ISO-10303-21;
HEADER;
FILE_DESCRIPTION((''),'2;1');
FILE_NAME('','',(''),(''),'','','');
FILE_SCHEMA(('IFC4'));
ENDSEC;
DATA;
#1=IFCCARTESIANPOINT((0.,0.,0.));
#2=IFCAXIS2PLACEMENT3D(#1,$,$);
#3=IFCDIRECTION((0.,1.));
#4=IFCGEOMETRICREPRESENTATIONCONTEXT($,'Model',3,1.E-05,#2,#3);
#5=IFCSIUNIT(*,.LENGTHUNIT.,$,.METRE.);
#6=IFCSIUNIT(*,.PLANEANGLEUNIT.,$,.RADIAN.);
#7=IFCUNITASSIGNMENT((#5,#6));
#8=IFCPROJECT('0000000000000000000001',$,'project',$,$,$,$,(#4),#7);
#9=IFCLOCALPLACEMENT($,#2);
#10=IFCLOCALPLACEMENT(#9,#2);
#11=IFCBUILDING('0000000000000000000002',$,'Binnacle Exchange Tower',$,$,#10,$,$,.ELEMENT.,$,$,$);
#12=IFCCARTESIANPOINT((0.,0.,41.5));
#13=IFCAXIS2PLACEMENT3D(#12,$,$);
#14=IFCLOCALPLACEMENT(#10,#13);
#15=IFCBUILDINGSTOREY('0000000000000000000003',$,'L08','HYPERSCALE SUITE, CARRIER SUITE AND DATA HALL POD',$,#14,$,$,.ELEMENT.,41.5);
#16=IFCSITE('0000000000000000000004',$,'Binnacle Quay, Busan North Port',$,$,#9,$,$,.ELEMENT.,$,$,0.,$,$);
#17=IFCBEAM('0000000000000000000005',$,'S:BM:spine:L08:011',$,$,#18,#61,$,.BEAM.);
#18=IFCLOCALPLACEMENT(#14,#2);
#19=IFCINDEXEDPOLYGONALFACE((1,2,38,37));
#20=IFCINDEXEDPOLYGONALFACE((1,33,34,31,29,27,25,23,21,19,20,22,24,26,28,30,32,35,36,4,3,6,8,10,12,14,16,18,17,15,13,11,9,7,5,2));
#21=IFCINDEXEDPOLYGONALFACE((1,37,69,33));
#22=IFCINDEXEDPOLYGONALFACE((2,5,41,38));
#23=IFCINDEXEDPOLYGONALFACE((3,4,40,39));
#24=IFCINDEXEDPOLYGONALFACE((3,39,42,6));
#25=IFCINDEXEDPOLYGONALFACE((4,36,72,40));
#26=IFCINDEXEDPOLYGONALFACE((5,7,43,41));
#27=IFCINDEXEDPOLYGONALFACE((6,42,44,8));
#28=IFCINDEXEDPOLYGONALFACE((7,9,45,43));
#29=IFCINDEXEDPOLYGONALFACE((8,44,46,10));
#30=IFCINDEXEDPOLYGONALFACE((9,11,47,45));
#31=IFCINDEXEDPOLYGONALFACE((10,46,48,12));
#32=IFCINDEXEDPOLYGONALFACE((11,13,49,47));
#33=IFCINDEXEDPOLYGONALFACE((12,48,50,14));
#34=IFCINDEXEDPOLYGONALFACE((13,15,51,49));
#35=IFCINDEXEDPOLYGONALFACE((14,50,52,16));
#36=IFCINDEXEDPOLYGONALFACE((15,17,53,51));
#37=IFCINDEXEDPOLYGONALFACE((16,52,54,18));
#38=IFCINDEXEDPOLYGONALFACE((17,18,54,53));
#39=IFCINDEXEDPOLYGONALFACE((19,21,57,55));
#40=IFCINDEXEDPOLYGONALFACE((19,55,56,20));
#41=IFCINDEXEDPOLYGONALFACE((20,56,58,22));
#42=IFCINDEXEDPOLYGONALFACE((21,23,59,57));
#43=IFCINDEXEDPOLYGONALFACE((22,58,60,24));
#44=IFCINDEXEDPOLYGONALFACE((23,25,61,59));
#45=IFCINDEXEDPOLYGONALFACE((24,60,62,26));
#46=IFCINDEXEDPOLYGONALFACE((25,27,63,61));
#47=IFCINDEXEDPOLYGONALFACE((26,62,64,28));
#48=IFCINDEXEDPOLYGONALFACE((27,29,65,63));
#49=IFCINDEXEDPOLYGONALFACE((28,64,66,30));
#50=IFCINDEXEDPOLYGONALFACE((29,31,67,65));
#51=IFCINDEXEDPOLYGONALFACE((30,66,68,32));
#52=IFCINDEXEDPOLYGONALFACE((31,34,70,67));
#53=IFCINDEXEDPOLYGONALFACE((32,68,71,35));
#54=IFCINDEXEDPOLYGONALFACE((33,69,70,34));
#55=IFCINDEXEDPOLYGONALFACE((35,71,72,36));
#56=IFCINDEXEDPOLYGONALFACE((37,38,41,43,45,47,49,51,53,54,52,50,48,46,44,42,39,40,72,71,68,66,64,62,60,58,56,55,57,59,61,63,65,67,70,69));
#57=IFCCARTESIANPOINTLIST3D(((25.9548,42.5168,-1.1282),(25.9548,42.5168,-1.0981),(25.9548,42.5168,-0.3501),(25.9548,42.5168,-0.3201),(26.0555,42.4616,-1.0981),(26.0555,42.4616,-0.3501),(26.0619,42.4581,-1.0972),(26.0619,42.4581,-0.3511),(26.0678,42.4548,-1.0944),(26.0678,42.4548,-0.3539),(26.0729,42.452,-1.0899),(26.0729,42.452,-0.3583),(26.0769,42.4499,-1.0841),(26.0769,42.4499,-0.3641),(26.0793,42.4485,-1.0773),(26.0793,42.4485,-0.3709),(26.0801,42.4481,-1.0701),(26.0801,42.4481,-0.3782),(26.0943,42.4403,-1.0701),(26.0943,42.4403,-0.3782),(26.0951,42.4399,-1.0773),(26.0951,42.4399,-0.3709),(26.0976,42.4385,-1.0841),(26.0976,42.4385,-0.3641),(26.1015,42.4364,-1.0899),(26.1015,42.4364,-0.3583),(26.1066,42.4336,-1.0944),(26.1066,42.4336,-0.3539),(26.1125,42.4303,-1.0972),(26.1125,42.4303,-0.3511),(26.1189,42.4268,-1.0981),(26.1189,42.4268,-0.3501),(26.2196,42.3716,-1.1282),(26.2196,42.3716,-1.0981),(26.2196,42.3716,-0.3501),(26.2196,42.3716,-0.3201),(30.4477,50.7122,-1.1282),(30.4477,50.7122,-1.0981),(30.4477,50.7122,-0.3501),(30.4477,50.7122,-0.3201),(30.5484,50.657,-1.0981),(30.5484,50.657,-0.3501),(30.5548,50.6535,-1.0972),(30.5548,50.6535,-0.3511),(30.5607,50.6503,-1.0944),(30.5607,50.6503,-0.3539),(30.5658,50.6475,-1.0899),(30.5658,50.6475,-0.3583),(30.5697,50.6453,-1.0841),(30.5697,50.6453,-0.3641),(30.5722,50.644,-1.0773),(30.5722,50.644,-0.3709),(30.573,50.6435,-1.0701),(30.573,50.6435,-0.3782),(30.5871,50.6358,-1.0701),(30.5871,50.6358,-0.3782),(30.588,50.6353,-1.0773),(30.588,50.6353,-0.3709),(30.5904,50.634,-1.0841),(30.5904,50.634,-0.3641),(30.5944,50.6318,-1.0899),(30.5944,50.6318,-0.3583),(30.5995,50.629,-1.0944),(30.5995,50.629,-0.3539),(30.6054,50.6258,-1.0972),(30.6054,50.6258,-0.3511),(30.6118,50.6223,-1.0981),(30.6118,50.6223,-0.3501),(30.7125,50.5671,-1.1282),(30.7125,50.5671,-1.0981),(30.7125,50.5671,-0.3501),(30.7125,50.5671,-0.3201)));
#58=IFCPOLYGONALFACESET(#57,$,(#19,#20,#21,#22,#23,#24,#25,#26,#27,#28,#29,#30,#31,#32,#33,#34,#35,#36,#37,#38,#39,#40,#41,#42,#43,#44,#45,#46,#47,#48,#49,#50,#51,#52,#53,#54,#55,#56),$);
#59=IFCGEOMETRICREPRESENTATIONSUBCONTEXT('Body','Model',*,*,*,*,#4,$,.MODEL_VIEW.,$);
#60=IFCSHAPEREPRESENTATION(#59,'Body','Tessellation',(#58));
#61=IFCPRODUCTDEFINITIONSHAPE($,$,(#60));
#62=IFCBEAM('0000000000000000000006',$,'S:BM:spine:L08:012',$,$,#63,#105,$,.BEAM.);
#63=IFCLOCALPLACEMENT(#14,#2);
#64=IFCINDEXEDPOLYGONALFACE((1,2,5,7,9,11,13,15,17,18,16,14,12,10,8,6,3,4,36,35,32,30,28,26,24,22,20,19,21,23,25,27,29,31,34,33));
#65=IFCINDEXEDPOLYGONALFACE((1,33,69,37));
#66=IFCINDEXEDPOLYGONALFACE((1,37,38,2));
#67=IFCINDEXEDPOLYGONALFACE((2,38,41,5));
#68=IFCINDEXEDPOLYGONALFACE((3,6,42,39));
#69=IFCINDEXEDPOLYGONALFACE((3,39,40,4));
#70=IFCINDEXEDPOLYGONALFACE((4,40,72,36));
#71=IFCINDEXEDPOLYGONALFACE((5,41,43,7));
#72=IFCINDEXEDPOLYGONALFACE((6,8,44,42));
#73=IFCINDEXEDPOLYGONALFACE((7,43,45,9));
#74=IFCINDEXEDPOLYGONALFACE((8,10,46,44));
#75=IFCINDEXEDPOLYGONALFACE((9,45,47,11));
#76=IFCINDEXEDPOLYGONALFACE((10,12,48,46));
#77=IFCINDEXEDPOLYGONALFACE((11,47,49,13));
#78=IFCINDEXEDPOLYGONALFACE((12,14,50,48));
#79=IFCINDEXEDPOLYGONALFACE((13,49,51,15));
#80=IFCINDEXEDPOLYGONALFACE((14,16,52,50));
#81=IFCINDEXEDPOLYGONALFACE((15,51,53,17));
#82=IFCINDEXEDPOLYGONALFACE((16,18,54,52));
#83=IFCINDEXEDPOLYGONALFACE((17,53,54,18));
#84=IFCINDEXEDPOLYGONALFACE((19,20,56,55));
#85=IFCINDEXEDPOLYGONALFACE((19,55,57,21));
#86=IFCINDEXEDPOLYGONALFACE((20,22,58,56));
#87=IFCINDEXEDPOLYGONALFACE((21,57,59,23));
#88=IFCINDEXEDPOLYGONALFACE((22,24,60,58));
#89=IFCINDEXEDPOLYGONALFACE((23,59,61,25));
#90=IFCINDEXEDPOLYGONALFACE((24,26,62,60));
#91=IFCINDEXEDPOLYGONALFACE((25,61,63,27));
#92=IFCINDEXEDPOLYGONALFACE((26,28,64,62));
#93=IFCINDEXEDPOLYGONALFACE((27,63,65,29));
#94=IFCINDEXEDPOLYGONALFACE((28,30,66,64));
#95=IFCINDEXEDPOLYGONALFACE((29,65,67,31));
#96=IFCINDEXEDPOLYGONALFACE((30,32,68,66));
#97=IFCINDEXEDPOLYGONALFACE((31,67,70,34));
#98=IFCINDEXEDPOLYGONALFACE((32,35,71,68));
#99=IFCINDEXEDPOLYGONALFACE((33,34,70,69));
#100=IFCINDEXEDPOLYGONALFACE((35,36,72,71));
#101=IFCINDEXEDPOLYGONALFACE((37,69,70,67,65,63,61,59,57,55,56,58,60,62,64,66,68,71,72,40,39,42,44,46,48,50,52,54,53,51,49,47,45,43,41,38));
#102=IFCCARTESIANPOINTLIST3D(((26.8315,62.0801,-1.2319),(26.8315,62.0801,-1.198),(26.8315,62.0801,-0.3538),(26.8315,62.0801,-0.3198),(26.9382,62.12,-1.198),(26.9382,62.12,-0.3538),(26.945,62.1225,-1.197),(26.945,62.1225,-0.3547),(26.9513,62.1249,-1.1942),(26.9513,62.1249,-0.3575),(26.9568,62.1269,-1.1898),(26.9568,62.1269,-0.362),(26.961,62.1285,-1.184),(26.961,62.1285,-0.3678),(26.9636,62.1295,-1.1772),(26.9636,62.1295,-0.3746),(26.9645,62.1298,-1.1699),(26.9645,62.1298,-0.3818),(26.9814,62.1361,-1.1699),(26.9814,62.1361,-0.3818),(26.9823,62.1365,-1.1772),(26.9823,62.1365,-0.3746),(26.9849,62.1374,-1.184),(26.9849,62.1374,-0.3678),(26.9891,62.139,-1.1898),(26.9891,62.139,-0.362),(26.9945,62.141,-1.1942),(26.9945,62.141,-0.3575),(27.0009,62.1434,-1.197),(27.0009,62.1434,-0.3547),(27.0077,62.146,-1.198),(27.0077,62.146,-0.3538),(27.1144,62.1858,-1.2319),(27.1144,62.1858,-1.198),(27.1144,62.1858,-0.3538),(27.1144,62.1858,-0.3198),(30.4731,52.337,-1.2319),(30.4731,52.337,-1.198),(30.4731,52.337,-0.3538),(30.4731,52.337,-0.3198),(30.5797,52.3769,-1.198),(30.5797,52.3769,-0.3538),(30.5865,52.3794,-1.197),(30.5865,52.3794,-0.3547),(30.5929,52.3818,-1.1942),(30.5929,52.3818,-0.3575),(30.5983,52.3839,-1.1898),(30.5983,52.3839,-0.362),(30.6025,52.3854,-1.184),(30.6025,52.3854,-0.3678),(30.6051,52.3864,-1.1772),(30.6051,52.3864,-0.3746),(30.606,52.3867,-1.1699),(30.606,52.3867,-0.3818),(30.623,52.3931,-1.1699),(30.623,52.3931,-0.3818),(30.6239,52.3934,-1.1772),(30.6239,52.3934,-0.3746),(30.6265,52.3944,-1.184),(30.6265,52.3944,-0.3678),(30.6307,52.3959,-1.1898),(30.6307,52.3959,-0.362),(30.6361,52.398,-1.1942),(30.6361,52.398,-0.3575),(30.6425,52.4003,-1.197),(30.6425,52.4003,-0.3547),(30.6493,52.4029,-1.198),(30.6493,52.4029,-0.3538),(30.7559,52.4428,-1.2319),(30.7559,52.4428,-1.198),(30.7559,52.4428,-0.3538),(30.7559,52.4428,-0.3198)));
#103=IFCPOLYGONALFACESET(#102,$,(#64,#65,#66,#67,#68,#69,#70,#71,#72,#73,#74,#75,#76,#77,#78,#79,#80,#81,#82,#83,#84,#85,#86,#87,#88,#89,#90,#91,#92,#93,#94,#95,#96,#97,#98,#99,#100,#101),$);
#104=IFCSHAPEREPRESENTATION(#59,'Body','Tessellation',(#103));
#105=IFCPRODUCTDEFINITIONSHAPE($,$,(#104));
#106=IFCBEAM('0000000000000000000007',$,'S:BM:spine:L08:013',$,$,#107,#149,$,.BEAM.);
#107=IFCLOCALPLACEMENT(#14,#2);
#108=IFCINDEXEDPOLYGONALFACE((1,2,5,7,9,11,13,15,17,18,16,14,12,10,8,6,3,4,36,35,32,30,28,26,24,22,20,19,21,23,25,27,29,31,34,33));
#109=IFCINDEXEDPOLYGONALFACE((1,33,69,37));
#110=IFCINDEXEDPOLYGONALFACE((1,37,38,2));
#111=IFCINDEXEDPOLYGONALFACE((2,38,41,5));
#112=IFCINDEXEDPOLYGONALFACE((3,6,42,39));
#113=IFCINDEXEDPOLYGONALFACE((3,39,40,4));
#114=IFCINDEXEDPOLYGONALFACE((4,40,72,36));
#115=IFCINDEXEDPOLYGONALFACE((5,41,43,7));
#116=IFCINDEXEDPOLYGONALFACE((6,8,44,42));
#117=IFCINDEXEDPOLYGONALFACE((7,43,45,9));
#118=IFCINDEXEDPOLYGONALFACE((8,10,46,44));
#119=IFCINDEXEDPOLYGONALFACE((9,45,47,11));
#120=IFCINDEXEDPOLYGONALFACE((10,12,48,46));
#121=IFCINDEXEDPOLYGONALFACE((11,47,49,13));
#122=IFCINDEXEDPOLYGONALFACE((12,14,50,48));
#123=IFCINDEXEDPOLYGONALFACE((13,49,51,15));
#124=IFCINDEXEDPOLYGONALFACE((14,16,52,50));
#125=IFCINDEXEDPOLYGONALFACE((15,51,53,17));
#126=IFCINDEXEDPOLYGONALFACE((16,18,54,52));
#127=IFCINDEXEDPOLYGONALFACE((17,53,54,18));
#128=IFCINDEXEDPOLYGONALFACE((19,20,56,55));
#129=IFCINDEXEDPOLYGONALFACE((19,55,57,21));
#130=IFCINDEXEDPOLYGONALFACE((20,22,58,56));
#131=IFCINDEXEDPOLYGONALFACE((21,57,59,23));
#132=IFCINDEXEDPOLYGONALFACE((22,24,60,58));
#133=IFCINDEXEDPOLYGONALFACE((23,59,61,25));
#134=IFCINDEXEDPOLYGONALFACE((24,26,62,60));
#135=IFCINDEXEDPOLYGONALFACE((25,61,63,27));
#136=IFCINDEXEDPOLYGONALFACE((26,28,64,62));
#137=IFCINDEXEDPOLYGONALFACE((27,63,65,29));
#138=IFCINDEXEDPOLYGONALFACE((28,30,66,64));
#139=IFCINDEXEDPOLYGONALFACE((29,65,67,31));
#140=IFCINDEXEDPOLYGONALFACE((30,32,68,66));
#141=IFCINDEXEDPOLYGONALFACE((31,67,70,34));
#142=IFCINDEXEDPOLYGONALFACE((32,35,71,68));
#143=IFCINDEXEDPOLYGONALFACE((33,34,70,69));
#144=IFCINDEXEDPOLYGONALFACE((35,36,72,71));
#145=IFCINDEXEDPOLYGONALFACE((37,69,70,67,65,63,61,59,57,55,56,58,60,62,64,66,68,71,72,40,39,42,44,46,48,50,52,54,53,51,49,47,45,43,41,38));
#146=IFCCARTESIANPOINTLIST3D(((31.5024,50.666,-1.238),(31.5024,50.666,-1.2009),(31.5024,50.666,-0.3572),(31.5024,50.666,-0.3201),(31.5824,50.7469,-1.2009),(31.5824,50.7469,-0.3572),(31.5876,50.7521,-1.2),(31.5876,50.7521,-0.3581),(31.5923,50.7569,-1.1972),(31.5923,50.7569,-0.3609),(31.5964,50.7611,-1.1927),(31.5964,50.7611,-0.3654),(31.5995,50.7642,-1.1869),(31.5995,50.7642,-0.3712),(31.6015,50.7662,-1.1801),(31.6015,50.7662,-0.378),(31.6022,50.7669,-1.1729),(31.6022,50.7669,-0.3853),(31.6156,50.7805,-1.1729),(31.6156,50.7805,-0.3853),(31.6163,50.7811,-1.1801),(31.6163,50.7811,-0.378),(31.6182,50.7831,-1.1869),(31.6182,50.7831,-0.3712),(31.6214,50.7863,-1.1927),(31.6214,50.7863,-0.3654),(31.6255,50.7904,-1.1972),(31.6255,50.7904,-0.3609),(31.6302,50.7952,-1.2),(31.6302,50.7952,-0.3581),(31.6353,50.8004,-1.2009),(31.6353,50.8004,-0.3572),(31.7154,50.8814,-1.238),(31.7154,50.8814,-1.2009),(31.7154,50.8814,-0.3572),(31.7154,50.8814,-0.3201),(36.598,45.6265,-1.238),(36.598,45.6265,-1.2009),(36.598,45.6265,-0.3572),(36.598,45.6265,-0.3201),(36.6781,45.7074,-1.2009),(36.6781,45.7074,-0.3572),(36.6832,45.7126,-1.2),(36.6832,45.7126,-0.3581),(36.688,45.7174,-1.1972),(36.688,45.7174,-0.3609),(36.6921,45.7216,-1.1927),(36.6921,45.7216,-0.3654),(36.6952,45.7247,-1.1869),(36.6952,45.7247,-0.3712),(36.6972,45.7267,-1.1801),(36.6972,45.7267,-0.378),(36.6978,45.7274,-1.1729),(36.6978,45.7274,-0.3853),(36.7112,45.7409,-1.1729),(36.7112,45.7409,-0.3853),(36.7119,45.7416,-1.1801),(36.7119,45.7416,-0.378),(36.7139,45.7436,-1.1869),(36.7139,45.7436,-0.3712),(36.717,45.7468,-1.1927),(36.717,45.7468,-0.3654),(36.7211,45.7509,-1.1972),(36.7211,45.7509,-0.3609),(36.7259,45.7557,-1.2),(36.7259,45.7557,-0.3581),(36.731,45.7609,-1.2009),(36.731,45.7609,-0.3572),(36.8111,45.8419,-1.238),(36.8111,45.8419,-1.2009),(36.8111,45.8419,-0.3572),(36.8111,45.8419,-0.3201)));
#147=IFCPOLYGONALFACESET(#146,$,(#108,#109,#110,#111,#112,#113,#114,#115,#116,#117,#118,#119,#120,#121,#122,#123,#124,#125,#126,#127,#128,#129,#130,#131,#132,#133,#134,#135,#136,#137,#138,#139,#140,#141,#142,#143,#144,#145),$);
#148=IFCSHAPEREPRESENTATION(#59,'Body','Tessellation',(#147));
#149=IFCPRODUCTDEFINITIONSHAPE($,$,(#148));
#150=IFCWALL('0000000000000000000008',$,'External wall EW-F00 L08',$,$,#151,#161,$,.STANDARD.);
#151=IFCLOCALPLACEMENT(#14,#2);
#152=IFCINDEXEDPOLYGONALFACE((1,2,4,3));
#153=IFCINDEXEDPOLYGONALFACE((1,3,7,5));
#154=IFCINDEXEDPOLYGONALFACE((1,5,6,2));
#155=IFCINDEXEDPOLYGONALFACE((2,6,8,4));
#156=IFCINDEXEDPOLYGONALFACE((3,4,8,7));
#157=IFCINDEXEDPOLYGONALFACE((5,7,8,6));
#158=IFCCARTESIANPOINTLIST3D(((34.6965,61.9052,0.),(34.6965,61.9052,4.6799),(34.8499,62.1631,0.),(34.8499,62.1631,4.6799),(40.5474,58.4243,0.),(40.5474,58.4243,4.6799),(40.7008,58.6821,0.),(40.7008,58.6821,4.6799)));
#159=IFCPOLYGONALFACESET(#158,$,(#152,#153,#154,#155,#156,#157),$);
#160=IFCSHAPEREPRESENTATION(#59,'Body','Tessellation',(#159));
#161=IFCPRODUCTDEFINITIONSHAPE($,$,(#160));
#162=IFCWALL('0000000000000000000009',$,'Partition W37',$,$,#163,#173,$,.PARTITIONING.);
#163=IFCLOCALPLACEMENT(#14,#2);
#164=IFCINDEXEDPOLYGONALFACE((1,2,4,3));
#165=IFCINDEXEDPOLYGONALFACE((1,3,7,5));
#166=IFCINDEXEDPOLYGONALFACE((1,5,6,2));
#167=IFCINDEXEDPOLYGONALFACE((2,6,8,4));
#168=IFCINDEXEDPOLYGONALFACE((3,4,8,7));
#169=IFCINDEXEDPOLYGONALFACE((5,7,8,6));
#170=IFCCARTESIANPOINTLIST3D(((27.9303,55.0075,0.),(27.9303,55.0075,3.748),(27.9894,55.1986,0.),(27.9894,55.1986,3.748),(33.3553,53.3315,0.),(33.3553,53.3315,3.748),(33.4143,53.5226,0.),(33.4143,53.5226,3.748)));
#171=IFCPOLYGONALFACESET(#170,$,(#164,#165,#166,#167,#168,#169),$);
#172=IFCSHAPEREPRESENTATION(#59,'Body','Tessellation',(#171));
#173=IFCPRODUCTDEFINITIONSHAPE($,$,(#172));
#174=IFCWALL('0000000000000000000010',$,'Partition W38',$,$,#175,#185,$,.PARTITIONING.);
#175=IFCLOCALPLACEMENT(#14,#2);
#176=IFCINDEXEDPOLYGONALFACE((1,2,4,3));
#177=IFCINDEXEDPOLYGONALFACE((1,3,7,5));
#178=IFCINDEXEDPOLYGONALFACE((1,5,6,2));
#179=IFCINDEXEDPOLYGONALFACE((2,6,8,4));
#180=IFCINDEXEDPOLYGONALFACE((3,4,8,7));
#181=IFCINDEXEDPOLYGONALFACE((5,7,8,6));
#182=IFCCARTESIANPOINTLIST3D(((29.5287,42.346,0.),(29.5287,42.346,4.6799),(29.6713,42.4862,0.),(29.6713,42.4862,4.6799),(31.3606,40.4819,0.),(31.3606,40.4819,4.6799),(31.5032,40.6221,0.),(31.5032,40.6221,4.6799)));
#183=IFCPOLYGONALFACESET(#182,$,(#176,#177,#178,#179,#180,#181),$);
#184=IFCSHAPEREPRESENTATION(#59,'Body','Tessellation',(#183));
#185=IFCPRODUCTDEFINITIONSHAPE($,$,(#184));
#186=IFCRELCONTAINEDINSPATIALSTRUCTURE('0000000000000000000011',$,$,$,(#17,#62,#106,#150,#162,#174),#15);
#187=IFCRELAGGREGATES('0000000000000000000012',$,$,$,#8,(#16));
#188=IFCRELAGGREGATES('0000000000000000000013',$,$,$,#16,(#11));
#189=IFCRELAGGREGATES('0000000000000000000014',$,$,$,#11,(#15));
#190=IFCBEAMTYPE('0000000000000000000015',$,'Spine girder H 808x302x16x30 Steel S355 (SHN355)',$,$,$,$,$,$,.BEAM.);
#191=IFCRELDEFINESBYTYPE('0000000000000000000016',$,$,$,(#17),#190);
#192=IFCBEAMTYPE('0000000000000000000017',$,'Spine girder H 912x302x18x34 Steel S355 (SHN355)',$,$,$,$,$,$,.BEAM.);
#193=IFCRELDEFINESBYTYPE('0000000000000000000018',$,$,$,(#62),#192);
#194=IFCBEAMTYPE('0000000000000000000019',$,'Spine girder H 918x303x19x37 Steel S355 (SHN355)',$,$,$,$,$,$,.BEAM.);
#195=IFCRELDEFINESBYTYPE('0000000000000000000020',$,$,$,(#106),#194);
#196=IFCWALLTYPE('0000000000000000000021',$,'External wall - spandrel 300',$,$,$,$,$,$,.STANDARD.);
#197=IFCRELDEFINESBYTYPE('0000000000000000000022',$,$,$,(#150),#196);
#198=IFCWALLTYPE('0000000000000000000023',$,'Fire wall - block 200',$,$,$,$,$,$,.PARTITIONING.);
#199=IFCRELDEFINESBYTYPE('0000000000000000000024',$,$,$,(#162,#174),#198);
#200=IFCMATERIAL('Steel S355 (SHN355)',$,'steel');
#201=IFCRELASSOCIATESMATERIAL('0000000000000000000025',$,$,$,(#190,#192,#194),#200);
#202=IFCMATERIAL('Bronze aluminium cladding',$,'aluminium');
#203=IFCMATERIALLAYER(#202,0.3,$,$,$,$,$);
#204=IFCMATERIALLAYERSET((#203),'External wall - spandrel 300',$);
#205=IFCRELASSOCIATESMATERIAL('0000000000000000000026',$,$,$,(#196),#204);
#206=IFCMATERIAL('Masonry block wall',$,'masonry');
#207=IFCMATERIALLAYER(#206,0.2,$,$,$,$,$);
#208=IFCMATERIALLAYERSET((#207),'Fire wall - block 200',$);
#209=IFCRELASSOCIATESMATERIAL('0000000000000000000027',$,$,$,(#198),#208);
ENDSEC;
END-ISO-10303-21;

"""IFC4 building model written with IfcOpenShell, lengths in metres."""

from ifc_helpers import new_model, si_unit, direction, frame, frame_2d, origin, origin_2d, place, context, subcontext, project, spatial, rectangle, i_section, extrude, material, layer, layer_set, material_profile, profile_set, type_object, element, save


model = new_model("IFC4")

# Units and contexts
model_context = context("Model", 3, precision=1e-05, world=origin(), true_north=direction((0.0, 1.0)))
body_context = subcontext(model_context, "Body", "Model", "MODEL_VIEW")
ifc_project = project(units=[si_unit("LENGTHUNIT", "METRE"), si_unit("PLANEANGLEUNIT", "RADIAN")], contexts=[model_context])

# Site, building, storey
site_placement = place(None, origin())
site = spatial("IfcSite", under=ifc_project, at=site_placement, Name="Binnacle Quay, Busan North Port", CompositionType="ELEMENT", RefElevation=0.0)
building_placement = place(site_placement, origin())
building = spatial("IfcBuilding", under=site, at=building_placement, Name="Binnacle Exchange Tower", CompositionType="ELEMENT")
storey_placement = place(building_placement, frame((0.0, 0.0, 41.5)))
storey = spatial("IfcBuildingStorey", under=building, at=storey_placement, Name="L08", Description="HYPERSCALE SUITE, CARRIER SUITE AND DATA HALL POD", CompositionType="ELEMENT", Elevation=41.5)

# Beams
ifc_material_1 = material(Name="Steel S355 (SHN355)", Category="steel")
ifc_material_profile_1 = material_profile(ifc_material_1, i_section(OverallWidth=0.302, OverallDepth=0.8081, WebThickness=0.0161, FlangeThickness=0.03, FilletRadius=0.0281, at=origin_2d()), Name="H 808x302x16x30")
ifc_profile_set_1 = profile_set([ifc_material_profile_1], Name="Steel S355 (SHN355)")
beam_type_1 = type_object("IfcBeamType", Name="Spine girder H 808x302x16x30 Steel S355 (SHN355)", PredefinedType="BEAM", material=ifc_profile_set_1)
beam_1_placement = place(storey_placement, frame((30.5801, 50.6396, -0.7241), z_axis=(-0.480716, -0.876876, 0.0), x_axis=(0.876876, -0.480716, 0.0)))
element("IfcBeam", 1, at=beam_1_placement, inside=storey, type_object=beam_type_1, Name="S:BM:spine:L08:011", PredefinedType="BEAM", context=body_context, shape_type="SweptSolid", body=[
    extrude(i_section(OverallWidth=0.302, OverallDepth=0.8081, WebThickness=0.0161, FlangeThickness=0.03, FilletRadius=0.0281, at=origin_2d()), origin(), (0.0, 0.0, 1.0), 9.3462),
])
ifc_material_profile_2 = material_profile(ifc_material_1, i_section(OverallWidth=0.302, OverallDepth=0.9121, WebThickness=0.0181, FlangeThickness=0.0339, FilletRadius=0.0281, at=origin_2d()), Name="H 912x302x18x34")
ifc_profile_set_2 = profile_set([ifc_material_profile_2], Name="Steel S355 (SHN355)")
beam_type_2 = type_object("IfcBeamType", Name="Spine girder H 912x302x18x34 Steel S355 (SHN355)", PredefinedType="BEAM", material=ifc_profile_set_2)
beam_2_placement = place(storey_placement, frame((30.6145, 52.3899, -0.7759), z_axis=(-0.350105, 0.936711, 0.0), x_axis=(-0.936711, -0.350105, 0.0)))
element("IfcBeam", 2, at=beam_2_placement, inside=storey, type_object=beam_type_2, Name="S:BM:spine:L08:012", PredefinedType="BEAM", context=body_context, shape_type="SweptSolid", body=[
    extrude(i_section(OverallWidth=0.302, OverallDepth=0.9121, WebThickness=0.0181, FlangeThickness=0.0339, FilletRadius=0.0281, at=origin_2d()), origin(), (0.0, 0.0, 1.0), 10.4014),
])
ifc_material_profile_3 = material_profile(ifc_material_1, i_section(OverallWidth=0.303, OverallDepth=0.918, WebThickness=0.019, FlangeThickness=0.0371, FilletRadius=0.0281, at=origin_2d()), Name="H 918x303x19x37")
ifc_profile_set_3 = profile_set([ifc_material_profile_3], Name="Steel S355 (SHN355)")
beam_type_3 = type_object("IfcBeamType", Name="Spine girder H 918x303x19x37 Steel S355 (SHN355)", PredefinedType="BEAM", material=ifc_profile_set_3)
beam_3_placement = place(storey_placement, frame((31.6089, 50.7737, -0.7791), z_axis=(0.711013, -0.703178, 0.0), x_axis=(0.703178, 0.711013, 0.0)))
element("IfcBeam", 3, at=beam_3_placement, inside=storey, type_object=beam_type_3, Name="S:BM:spine:L08:013", PredefinedType="BEAM", context=body_context, shape_type="SweptSolid", body=[
    extrude(i_section(OverallWidth=0.303, OverallDepth=0.918, WebThickness=0.019, FlangeThickness=0.0371, FilletRadius=0.0281, at=origin_2d()), origin(), (0.0, 0.0, 1.0), 7.1667),
])

# Walls
ifc_material_2 = material(Name="Bronze aluminium cladding", Category="aluminium")
ifc_layer_1 = layer(ifc_material_2, 0.3)
ifc_layer_set_1 = layer_set([ifc_layer_1], Name="External wall - spandrel 300")
wall_type_1 = type_object("IfcWallType", Name="External wall - spandrel 300", PredefinedType="STANDARD", material=ifc_layer_set_1)
wall_1_placement = place(storey_placement, frame((34.7732, 62.0342, 0.0), z_axis=(0.0, 0.0, 1.0), x_axis=(0.859401, -0.511302, 0.0)))
element("IfcWall", 4, at=wall_1_placement, inside=storey, type_object=wall_type_1, Name="External wall EW-F00 L08", PredefinedType="STANDARD", context=body_context, shape_type="SweptSolid", body=[
    extrude(rectangle(XDim=6.8081, YDim=0.3, at=frame_2d((3.4041, 0.0))), origin(), (0.0, 0.0, 1.0), 4.6799),
])
ifc_material_3 = material(Name="Masonry block wall", Category="masonry")
ifc_layer_2 = layer(ifc_material_3, 0.2)
ifc_layer_set_2 = layer_set([ifc_layer_2], Name="Fire wall - block 200")
wall_type_2 = type_object("IfcWallType", Name="Fire wall - block 200", PredefinedType="PARTITIONING", material=ifc_layer_set_2)
wall_2_placement = place(storey_placement, frame((27.96, 55.103, 0.0), z_axis=(0.0, 0.0, 1.0), x_axis=(0.955443, -0.295176, 0.0)))
element("IfcWall", 5, at=wall_2_placement, inside=storey, type_object=wall_type_2, Name="Partition W37", PredefinedType="PARTITIONING", context=body_context, shape_type="SweptSolid", body=[
    extrude(rectangle(XDim=5.678, YDim=0.2, at=frame_2d((2.8389, 0.0))), origin(), (0.0, 0.0, 1.0), 3.748),
])
wall_3_placement = place(storey_placement, frame((29.6001, 42.416, 0.0), z_axis=(0.0, 0.0, 1.0), x_axis=(0.700914, -0.713245, 0.0)))
element("IfcWall", 6, at=wall_3_placement, inside=storey, type_object=wall_type_2, Name="Partition W38", PredefinedType="PARTITIONING", context=body_context, shape_type="SweptSolid", body=[
    extrude(rectangle(XDim=2.6135, YDim=0.2, at=frame_2d((1.3066, 0.0))), origin(), (0.0, 0.0, 1.0), 4.6799),
])

save(model, "model.ifc")
